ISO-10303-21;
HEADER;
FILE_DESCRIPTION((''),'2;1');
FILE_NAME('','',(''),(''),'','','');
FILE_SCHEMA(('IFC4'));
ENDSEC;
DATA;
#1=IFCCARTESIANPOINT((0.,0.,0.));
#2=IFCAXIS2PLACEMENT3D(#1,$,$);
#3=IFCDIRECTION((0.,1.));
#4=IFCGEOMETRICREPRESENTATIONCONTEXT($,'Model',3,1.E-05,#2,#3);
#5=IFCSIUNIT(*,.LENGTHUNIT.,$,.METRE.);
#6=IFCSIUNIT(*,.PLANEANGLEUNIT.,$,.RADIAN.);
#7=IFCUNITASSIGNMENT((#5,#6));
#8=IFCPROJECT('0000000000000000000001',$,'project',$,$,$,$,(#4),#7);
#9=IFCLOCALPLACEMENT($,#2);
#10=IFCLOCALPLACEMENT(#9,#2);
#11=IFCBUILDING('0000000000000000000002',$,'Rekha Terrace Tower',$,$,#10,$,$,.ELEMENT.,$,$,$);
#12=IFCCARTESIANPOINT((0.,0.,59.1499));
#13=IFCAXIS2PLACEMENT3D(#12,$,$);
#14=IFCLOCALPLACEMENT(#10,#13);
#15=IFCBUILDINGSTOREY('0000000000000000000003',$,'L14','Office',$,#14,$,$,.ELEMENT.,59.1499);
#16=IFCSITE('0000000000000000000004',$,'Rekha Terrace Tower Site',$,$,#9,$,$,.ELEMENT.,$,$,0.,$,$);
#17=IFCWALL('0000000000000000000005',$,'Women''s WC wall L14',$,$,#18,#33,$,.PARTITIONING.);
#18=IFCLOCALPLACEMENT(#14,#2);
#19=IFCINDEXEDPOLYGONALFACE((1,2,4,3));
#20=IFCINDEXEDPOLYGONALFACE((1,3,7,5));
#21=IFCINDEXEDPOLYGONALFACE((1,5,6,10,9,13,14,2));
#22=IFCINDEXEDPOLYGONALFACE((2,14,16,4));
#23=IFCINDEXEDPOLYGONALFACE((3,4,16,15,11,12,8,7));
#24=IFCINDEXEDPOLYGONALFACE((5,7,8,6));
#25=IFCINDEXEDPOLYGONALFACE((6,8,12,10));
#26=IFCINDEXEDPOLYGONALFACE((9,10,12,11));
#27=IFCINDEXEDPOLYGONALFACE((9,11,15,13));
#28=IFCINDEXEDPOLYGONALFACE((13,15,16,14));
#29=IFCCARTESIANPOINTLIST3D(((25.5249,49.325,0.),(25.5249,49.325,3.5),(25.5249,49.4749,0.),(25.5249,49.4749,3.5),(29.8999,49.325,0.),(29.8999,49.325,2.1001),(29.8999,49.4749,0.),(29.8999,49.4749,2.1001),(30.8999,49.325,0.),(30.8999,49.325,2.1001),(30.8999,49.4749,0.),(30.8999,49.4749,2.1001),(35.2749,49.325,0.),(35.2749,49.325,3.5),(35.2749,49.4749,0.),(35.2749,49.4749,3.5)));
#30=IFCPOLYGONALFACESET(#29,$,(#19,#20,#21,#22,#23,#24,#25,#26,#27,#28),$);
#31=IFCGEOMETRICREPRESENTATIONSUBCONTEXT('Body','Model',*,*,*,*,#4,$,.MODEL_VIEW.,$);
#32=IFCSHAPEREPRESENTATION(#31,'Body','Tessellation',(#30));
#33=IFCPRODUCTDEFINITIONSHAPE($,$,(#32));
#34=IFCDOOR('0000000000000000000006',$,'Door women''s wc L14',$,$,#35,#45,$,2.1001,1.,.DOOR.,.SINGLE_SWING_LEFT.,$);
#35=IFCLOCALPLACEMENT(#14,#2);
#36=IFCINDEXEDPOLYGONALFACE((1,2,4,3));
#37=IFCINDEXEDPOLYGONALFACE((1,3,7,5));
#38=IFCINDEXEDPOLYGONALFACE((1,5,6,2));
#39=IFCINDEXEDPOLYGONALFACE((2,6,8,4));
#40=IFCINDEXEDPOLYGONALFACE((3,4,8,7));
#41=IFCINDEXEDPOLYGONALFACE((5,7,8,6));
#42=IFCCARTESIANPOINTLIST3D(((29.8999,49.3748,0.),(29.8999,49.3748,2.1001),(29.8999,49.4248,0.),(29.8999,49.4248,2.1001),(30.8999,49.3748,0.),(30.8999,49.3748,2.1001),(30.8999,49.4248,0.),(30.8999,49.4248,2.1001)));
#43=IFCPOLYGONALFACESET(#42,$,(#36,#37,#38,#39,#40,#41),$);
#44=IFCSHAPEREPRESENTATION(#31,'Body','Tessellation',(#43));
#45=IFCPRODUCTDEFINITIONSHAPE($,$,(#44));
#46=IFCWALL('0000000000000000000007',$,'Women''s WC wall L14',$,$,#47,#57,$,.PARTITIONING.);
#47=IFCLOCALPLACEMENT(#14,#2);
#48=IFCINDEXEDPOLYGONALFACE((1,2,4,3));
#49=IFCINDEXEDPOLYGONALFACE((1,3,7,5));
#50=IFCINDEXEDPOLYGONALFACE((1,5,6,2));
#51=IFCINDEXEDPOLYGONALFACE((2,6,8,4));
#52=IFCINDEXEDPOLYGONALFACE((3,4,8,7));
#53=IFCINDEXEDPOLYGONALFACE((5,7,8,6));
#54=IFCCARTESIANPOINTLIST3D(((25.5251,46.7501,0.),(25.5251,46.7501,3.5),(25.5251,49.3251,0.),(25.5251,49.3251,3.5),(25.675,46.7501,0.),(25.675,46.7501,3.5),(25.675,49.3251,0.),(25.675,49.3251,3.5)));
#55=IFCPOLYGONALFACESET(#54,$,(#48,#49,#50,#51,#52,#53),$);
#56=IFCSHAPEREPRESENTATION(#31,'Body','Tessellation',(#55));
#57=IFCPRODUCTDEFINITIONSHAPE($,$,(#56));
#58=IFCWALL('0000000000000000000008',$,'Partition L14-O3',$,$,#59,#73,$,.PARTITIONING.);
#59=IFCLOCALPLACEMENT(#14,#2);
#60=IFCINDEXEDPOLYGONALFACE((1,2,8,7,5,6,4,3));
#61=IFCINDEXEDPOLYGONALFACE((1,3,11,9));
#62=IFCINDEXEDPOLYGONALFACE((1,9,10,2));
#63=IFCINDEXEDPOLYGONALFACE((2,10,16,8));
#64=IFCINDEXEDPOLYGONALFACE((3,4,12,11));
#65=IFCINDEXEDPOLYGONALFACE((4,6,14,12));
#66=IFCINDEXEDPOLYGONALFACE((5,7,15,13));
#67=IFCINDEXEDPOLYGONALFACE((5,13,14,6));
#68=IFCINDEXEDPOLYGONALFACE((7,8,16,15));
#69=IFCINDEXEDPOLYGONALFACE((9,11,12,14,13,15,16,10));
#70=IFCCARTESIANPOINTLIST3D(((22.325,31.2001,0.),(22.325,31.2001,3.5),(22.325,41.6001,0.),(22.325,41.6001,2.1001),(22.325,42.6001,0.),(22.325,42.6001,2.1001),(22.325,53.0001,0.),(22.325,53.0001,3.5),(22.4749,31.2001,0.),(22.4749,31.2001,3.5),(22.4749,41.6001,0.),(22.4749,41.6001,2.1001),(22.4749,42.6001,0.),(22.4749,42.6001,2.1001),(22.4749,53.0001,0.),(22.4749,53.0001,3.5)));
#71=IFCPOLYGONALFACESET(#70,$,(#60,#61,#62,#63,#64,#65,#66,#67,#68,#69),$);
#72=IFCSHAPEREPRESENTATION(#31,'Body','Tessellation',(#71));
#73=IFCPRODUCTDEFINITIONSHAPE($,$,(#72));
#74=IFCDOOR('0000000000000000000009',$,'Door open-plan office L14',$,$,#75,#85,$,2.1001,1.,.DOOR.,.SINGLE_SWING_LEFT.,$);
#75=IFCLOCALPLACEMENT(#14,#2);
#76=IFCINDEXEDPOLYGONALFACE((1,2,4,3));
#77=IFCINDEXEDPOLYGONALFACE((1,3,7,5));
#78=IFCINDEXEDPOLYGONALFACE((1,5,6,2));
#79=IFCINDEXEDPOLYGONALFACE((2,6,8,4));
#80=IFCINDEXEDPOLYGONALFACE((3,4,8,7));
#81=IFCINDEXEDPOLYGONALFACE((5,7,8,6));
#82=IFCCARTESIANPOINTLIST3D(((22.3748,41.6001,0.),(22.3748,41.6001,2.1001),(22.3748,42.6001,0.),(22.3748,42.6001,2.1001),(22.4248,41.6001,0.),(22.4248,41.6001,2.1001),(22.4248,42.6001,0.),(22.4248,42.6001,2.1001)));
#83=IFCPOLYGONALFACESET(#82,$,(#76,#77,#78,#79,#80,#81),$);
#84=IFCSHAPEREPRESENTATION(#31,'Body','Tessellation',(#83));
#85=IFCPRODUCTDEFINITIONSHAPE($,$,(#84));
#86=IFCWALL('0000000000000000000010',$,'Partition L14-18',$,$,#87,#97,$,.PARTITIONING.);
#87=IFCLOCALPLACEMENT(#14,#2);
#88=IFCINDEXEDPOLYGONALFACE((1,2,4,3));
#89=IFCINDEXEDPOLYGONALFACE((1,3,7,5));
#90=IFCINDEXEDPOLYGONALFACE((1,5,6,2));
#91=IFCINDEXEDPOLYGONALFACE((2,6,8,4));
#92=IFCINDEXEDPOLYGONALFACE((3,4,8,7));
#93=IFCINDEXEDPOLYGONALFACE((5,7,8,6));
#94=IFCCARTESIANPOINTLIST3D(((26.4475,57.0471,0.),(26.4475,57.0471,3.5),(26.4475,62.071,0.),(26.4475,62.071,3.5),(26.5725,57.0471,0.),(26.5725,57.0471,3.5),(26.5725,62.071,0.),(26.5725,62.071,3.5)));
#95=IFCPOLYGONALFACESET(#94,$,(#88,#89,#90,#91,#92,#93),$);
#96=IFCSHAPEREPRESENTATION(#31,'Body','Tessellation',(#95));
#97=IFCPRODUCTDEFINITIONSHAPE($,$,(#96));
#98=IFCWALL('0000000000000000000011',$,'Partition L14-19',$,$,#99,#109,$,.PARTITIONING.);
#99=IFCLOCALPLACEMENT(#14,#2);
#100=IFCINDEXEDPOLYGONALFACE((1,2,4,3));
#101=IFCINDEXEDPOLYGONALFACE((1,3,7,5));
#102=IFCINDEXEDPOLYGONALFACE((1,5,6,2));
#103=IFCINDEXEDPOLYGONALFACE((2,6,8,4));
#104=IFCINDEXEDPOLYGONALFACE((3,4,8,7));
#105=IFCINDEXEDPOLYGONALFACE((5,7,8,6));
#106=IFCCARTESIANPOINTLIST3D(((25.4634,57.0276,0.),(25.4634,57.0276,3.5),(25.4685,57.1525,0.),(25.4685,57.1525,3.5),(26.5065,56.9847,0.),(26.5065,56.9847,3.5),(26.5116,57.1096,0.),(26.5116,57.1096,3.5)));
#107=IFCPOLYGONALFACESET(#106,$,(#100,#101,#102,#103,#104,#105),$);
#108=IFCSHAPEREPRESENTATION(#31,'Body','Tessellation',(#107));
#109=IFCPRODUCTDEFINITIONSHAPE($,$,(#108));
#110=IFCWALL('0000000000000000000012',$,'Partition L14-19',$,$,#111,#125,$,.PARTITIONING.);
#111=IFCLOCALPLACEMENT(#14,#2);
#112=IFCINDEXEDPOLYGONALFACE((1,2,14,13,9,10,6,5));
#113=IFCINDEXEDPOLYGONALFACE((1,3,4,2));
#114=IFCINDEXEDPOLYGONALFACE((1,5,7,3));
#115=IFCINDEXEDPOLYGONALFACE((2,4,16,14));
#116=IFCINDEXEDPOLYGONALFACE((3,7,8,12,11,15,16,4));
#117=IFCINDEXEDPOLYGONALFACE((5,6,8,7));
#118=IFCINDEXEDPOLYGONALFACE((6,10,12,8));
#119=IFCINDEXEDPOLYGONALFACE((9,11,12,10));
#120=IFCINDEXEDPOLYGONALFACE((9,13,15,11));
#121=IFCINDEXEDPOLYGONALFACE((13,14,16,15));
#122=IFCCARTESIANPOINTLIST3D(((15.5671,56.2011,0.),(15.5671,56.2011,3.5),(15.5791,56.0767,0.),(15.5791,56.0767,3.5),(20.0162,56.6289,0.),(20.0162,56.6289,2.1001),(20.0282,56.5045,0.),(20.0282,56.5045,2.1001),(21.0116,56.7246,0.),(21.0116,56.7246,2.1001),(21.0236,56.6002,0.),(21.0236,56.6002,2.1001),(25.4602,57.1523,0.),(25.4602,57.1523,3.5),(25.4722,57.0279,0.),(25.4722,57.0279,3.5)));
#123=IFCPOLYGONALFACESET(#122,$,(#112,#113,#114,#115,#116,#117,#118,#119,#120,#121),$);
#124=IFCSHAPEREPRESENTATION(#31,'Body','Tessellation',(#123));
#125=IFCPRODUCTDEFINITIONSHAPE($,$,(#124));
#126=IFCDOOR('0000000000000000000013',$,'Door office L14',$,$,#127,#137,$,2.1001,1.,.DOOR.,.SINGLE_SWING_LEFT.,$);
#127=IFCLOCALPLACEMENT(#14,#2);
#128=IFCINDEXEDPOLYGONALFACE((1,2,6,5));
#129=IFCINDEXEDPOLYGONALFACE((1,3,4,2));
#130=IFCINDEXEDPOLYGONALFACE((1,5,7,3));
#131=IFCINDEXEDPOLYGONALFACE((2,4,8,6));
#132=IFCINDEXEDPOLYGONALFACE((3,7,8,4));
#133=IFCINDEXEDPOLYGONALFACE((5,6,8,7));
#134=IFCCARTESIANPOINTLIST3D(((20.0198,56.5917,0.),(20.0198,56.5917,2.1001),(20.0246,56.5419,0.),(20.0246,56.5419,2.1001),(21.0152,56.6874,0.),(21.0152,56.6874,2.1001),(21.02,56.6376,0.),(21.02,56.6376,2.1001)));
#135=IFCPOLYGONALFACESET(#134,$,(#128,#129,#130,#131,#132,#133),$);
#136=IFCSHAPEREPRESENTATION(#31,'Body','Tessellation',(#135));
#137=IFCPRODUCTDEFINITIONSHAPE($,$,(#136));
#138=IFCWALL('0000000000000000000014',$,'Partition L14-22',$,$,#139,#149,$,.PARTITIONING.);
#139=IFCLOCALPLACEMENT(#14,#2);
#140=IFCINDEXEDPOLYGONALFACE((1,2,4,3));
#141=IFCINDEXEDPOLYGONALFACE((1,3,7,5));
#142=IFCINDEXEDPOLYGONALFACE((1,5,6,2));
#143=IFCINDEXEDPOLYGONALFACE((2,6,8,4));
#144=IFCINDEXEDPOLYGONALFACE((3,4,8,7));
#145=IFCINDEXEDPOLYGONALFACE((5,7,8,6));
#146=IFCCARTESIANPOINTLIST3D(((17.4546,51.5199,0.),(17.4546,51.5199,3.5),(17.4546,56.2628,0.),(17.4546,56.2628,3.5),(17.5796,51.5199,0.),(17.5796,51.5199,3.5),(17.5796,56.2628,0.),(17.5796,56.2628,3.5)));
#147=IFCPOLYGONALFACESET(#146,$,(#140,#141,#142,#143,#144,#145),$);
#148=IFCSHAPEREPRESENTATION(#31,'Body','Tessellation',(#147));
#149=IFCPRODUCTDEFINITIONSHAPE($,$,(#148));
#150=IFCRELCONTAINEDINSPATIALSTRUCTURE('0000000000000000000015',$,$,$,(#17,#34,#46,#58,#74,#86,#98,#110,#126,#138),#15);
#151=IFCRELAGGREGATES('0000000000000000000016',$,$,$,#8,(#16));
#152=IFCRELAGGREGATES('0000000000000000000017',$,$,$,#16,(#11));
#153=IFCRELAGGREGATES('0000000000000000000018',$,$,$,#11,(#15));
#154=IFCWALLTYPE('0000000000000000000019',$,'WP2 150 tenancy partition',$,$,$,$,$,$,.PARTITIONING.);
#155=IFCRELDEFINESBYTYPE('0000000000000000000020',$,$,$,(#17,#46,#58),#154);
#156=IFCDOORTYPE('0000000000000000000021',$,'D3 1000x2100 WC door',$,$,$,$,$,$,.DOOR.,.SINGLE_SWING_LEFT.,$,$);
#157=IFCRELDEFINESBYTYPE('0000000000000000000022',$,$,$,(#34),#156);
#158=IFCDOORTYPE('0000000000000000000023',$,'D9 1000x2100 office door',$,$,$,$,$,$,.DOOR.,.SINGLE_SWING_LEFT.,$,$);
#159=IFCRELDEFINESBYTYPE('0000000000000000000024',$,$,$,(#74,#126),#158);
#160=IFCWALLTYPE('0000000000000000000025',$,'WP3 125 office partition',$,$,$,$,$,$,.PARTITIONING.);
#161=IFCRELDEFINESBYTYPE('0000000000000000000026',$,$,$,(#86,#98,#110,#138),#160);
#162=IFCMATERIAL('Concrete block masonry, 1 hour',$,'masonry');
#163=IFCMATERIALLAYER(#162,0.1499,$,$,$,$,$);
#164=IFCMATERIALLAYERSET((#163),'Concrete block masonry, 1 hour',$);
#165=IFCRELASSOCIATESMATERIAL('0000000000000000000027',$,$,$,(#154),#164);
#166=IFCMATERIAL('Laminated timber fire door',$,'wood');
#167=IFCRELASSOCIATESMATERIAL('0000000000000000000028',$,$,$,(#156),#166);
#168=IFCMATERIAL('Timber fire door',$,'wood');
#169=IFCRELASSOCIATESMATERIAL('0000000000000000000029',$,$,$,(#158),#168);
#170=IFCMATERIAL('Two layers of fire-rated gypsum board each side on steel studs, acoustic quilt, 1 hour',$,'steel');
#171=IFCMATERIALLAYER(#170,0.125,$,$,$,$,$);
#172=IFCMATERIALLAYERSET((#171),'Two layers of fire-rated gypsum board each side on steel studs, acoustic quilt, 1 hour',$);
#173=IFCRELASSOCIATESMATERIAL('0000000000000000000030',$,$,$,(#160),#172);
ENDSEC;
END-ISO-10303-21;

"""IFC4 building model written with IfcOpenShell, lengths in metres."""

from ifc_helpers import new_model, si_unit, direction, frame, frame_2d, origin, place, context, subcontext, project, spatial, rectangle, extrude, material, layer, layer_set, type_object, element, fill, save


model = new_model("IFC4")

# Units and contexts
model_context = context("Model", 3, precision=1e-05, world=origin(), true_north=direction((0.0, 1.0)))
body_context = subcontext(model_context, "Body", "Model", "MODEL_VIEW")
ifc_project = project(units=[si_unit("LENGTHUNIT", "METRE"), si_unit("PLANEANGLEUNIT", "RADIAN")], contexts=[model_context])

# Site, building, storey
site_placement = place(None, origin())
site = spatial("IfcSite", under=ifc_project, at=site_placement, Name="Rekha Terrace Tower Site", CompositionType="ELEMENT", RefElevation=0.0)
building_placement = place(site_placement, origin())
building = spatial("IfcBuilding", under=site, at=building_placement, Name="Rekha Terrace Tower", CompositionType="ELEMENT")
storey_placement = place(building_placement, frame((0.0, 0.0, 59.1499)))
storey = spatial("IfcBuildingStorey", under=building, at=storey_placement, Name="L14", Description="Office", CompositionType="ELEMENT", Elevation=59.1499)

# Wall, opening, door
ifc_material_1 = material(Name="Concrete block masonry, 1 hour", Category="masonry")
ifc_layer_1 = layer(ifc_material_1, 0.1499)
ifc_layer_set_1 = layer_set([ifc_layer_1], Name="Concrete block masonry, 1 hour")
wall_type_1 = type_object("IfcWallType", Name="WP2 150 tenancy partition", PredefinedType="PARTITIONING", material=ifc_layer_set_1)
wall_1_placement = place(storey_placement, frame((25.5249, 49.3999, 0.0), z_axis=(0.0, 0.0, 1.0), x_axis=(1.0, 0.0, 0.0)))
wall_1 = element("IfcWall", 1, at=wall_1_placement, inside=storey, type_object=wall_type_1, Name="Women's WC wall L14", PredefinedType="PARTITIONING", context=body_context, shape_type="SweptSolid", body=[
    extrude(rectangle(XDim=9.75, YDim=0.1499, at=frame_2d((4.875, 0.0))), origin(), (0.0, 0.0, 1.0), 3.5),
])
opening_1_placement = place(wall_1_placement, frame((4.375, 0.0, 0.0)))
opening_1 = element("IfcOpeningElement", 2, at=opening_1_placement, cuts=wall_1, PredefinedType="OPENING", context=body_context, shape_type="SweptSolid", body=[
    extrude(rectangle(XDim=1.0, YDim=2.1001, at=frame_2d((0.5, 1.05))), frame((0.0, 0.085, 0.0), z_axis=(0.0, -1.0, 0.0), x_axis=(1.0, 0.0, 0.0)), (0.0, 0.0, 1.0), 0.1699),
])
ifc_material_2 = material(Name="Laminated timber fire door", Category="wood")
door_type_1 = type_object("IfcDoorType", Name="D3 1000x2100 WC door", OperationType="SINGLE_SWING_LEFT", PredefinedType="DOOR", material=ifc_material_2)
door_1_placement = place(opening_1_placement, origin())
door_1 = element("IfcDoor", 3, at=door_1_placement, inside=storey, type_object=door_type_1, Name="Door women's wc L14", OperationType="SINGLE_SWING_LEFT", OverallHeight=2.1001, OverallWidth=1.0, PredefinedType="DOOR", context=body_context, shape_type="SweptSolid", body=[
    extrude(rectangle(XDim=1.0, YDim=2.1001, at=frame_2d((0.5, 1.05))), frame((0.0, 0.0249, 0.0), z_axis=(0.0, -1.0, 0.0), x_axis=(1.0, 0.0, 0.0)), (0.0, 0.0, 1.0), 0.05),
])
fill(opening_1, door_1)

# Wall
wall_2_placement = place(storey_placement, frame((25.6001, 46.75, 0.0), z_axis=(0.0, 0.0, 1.0), x_axis=(0.0, 1.0, 0.0)))
element("IfcWall", 4, at=wall_2_placement, inside=storey, type_object=wall_type_1, Name="Women's WC wall L14", PredefinedType="PARTITIONING", context=body_context, shape_type="SweptSolid", body=[
    extrude(rectangle(XDim=2.575, YDim=0.1499, at=frame_2d((1.2876, 0.0))), origin(), (0.0, 0.0, 1.0), 3.5),
])

# Wall, opening, door
wall_3_placement = place(storey_placement, frame((22.3999, 53.0, 0.0), z_axis=(0.0, 0.0, 1.0), x_axis=(0.0, -1.0, 0.0)))
wall_3 = element("IfcWall", 5, at=wall_3_placement, inside=storey, type_object=wall_type_1, Name="Partition L14-O3", PredefinedType="PARTITIONING", context=body_context, shape_type="SweptSolid", body=[
    extrude(rectangle(XDim=21.8, YDim=0.1499, at=frame_2d((10.8999, 0.0))), origin(), (0.0, 0.0, 1.0), 3.5),
])
opening_2_placement = place(wall_3_placement, frame((10.3999, 0.0, 0.0)))
opening_2 = element("IfcOpeningElement", 6, at=opening_2_placement, cuts=wall_3, PredefinedType="OPENING", context=body_context, shape_type="SweptSolid", body=[
    extrude(rectangle(XDim=1.0, YDim=2.1001, at=frame_2d((0.5, 1.05))), frame((0.0, 0.085, 0.0), z_axis=(0.0, -1.0, 0.0), x_axis=(1.0, 0.0, 0.0)), (0.0, 0.0, 1.0), 0.1699),
])
ifc_material_3 = material(Name="Timber fire door", Category="wood")
door_type_2 = type_object("IfcDoorType", Name="D9 1000x2100 office door", OperationType="SINGLE_SWING_LEFT", PredefinedType="DOOR", material=ifc_material_3)
door_2_placement = place(opening_2_placement, origin())
door_2 = element("IfcDoor", 7, at=door_2_placement, inside=storey, type_object=door_type_2, Name="Door open-plan office L14", OperationType="SINGLE_SWING_LEFT", OverallHeight=2.1001, OverallWidth=1.0, PredefinedType="DOOR", context=body_context, shape_type="SweptSolid", body=[
    extrude(rectangle(XDim=1.0, YDim=2.1001, at=frame_2d((0.5, 1.05))), frame((0.0, 0.0249, 0.0), z_axis=(0.0, -1.0, 0.0), x_axis=(1.0, 0.0, 0.0)), (0.0, 0.0, 1.0), 0.05),
])
fill(opening_2, door_2)

# Walls
ifc_material_4 = material(Name="Two layers of fire-rated gypsum board each side on steel studs, acoustic quilt, 1 hour", Category="steel")
ifc_layer_2 = layer(ifc_material_4, 0.125)
ifc_layer_set_2 = layer_set([ifc_layer_2], Name="Two layers of fire-rated gypsum board each side on steel studs, acoustic quilt, 1 hour")
wall_type_2 = type_object("IfcWallType", Name="WP3 125 office partition", PredefinedType="PARTITIONING", material=ifc_layer_set_2)
wall_4_placement = place(storey_placement, frame((26.51, 57.0471, 0.0), z_axis=(0.0, 0.0, 1.0), x_axis=(0.0, 1.0, 0.0)))
element("IfcWall", 8, at=wall_4_placement, inside=storey, type_object=wall_type_2, Name="Partition L14-18", PredefinedType="PARTITIONING", context=body_context, shape_type="SweptSolid", body=[
    extrude(rectangle(XDim=5.0239, YDim=0.125, at=frame_2d((2.512, 0.0))), origin(), (0.0, 0.0, 1.0), 3.5),
])
wall_5_placement = place(storey_placement, frame((26.509, 57.0471, 0.0), z_axis=(0.0, 0.0, 1.0), x_axis=(-0.999152, 0.041164, 0.0)))
element("IfcWall", 9, at=wall_5_placement, inside=storey, type_object=wall_type_2, Name="Partition L14-19", PredefinedType="PARTITIONING", context=body_context, shape_type="SweptSolid", body=[
    extrude(rectangle(XDim=1.0439, YDim=0.125, at=frame_2d((0.522, 0.0))), origin(), (0.0, 0.0, 1.0), 3.5),
])

# Wall, opening, door
wall_6_placement = place(storey_placement, frame((25.4661, 57.0901, 0.0), z_axis=(0.0, 0.0, 1.0), x_axis=(-0.99541, -0.095704, 0.0)))
wall_6 = element("IfcWall", 10, at=wall_6_placement, inside=storey, type_object=wall_type_2, Name="Partition L14-19", PredefinedType="PARTITIONING", context=body_context, shape_type="SweptSolid", body=[
    extrude(rectangle(XDim=9.9387, YDim=0.125, at=frame_2d((4.9692, 0.0))), origin(), (0.0, 0.0, 1.0), 3.5),
])
opening_3_placement = place(wall_6_placement, frame((4.469, 0.0, 0.0)))
opening_3 = element("IfcOpeningElement", 11, at=opening_3_placement, cuts=wall_6, PredefinedType="OPENING", context=body_context, shape_type="SweptSolid", body=[
    extrude(rectangle(XDim=1.0, YDim=2.1001, at=frame_2d((0.5, 1.05))), frame((0.0, 0.0725, 0.0), z_axis=(0.0, -1.0, 0.0), x_axis=(1.0, 0.0, 0.0)), (0.0, 0.0, 1.0), 0.145),
])
door_3_placement = place(opening_3_placement, origin())
door_3 = element("IfcDoor", 12, at=door_3_placement, inside=storey, type_object=door_type_2, Name="Door office L14", OperationType="SINGLE_SWING_LEFT", OverallHeight=2.1001, OverallWidth=1.0, PredefinedType="DOOR", context=body_context, shape_type="SweptSolid", body=[
    extrude(rectangle(XDim=1.0, YDim=2.1001, at=frame_2d((0.5, 1.05))), frame((0.0, 0.0249, 0.0), z_axis=(0.0, -1.0, 0.0), x_axis=(1.0, 0.0, 0.0)), (0.0, 0.0, 1.0), 0.05),
])
fill(opening_3, door_3)

# Wall
wall_7_placement = place(storey_placement, frame((17.5171, 56.2629, 0.0), z_axis=(0.0, 0.0, 1.0), x_axis=(0.0, -1.0, 0.0)))
element("IfcWall", 13, at=wall_7_placement, inside=storey, type_object=wall_type_2, Name="Partition L14-22", PredefinedType="PARTITIONING", context=body_context, shape_type="SweptSolid", body=[
    extrude(rectangle(XDim=4.7429, YDim=0.125, at=frame_2d((2.3716, 0.0))), origin(), (0.0, 0.0, 1.0), 3.5),
])

save(model, "model.ifc")
